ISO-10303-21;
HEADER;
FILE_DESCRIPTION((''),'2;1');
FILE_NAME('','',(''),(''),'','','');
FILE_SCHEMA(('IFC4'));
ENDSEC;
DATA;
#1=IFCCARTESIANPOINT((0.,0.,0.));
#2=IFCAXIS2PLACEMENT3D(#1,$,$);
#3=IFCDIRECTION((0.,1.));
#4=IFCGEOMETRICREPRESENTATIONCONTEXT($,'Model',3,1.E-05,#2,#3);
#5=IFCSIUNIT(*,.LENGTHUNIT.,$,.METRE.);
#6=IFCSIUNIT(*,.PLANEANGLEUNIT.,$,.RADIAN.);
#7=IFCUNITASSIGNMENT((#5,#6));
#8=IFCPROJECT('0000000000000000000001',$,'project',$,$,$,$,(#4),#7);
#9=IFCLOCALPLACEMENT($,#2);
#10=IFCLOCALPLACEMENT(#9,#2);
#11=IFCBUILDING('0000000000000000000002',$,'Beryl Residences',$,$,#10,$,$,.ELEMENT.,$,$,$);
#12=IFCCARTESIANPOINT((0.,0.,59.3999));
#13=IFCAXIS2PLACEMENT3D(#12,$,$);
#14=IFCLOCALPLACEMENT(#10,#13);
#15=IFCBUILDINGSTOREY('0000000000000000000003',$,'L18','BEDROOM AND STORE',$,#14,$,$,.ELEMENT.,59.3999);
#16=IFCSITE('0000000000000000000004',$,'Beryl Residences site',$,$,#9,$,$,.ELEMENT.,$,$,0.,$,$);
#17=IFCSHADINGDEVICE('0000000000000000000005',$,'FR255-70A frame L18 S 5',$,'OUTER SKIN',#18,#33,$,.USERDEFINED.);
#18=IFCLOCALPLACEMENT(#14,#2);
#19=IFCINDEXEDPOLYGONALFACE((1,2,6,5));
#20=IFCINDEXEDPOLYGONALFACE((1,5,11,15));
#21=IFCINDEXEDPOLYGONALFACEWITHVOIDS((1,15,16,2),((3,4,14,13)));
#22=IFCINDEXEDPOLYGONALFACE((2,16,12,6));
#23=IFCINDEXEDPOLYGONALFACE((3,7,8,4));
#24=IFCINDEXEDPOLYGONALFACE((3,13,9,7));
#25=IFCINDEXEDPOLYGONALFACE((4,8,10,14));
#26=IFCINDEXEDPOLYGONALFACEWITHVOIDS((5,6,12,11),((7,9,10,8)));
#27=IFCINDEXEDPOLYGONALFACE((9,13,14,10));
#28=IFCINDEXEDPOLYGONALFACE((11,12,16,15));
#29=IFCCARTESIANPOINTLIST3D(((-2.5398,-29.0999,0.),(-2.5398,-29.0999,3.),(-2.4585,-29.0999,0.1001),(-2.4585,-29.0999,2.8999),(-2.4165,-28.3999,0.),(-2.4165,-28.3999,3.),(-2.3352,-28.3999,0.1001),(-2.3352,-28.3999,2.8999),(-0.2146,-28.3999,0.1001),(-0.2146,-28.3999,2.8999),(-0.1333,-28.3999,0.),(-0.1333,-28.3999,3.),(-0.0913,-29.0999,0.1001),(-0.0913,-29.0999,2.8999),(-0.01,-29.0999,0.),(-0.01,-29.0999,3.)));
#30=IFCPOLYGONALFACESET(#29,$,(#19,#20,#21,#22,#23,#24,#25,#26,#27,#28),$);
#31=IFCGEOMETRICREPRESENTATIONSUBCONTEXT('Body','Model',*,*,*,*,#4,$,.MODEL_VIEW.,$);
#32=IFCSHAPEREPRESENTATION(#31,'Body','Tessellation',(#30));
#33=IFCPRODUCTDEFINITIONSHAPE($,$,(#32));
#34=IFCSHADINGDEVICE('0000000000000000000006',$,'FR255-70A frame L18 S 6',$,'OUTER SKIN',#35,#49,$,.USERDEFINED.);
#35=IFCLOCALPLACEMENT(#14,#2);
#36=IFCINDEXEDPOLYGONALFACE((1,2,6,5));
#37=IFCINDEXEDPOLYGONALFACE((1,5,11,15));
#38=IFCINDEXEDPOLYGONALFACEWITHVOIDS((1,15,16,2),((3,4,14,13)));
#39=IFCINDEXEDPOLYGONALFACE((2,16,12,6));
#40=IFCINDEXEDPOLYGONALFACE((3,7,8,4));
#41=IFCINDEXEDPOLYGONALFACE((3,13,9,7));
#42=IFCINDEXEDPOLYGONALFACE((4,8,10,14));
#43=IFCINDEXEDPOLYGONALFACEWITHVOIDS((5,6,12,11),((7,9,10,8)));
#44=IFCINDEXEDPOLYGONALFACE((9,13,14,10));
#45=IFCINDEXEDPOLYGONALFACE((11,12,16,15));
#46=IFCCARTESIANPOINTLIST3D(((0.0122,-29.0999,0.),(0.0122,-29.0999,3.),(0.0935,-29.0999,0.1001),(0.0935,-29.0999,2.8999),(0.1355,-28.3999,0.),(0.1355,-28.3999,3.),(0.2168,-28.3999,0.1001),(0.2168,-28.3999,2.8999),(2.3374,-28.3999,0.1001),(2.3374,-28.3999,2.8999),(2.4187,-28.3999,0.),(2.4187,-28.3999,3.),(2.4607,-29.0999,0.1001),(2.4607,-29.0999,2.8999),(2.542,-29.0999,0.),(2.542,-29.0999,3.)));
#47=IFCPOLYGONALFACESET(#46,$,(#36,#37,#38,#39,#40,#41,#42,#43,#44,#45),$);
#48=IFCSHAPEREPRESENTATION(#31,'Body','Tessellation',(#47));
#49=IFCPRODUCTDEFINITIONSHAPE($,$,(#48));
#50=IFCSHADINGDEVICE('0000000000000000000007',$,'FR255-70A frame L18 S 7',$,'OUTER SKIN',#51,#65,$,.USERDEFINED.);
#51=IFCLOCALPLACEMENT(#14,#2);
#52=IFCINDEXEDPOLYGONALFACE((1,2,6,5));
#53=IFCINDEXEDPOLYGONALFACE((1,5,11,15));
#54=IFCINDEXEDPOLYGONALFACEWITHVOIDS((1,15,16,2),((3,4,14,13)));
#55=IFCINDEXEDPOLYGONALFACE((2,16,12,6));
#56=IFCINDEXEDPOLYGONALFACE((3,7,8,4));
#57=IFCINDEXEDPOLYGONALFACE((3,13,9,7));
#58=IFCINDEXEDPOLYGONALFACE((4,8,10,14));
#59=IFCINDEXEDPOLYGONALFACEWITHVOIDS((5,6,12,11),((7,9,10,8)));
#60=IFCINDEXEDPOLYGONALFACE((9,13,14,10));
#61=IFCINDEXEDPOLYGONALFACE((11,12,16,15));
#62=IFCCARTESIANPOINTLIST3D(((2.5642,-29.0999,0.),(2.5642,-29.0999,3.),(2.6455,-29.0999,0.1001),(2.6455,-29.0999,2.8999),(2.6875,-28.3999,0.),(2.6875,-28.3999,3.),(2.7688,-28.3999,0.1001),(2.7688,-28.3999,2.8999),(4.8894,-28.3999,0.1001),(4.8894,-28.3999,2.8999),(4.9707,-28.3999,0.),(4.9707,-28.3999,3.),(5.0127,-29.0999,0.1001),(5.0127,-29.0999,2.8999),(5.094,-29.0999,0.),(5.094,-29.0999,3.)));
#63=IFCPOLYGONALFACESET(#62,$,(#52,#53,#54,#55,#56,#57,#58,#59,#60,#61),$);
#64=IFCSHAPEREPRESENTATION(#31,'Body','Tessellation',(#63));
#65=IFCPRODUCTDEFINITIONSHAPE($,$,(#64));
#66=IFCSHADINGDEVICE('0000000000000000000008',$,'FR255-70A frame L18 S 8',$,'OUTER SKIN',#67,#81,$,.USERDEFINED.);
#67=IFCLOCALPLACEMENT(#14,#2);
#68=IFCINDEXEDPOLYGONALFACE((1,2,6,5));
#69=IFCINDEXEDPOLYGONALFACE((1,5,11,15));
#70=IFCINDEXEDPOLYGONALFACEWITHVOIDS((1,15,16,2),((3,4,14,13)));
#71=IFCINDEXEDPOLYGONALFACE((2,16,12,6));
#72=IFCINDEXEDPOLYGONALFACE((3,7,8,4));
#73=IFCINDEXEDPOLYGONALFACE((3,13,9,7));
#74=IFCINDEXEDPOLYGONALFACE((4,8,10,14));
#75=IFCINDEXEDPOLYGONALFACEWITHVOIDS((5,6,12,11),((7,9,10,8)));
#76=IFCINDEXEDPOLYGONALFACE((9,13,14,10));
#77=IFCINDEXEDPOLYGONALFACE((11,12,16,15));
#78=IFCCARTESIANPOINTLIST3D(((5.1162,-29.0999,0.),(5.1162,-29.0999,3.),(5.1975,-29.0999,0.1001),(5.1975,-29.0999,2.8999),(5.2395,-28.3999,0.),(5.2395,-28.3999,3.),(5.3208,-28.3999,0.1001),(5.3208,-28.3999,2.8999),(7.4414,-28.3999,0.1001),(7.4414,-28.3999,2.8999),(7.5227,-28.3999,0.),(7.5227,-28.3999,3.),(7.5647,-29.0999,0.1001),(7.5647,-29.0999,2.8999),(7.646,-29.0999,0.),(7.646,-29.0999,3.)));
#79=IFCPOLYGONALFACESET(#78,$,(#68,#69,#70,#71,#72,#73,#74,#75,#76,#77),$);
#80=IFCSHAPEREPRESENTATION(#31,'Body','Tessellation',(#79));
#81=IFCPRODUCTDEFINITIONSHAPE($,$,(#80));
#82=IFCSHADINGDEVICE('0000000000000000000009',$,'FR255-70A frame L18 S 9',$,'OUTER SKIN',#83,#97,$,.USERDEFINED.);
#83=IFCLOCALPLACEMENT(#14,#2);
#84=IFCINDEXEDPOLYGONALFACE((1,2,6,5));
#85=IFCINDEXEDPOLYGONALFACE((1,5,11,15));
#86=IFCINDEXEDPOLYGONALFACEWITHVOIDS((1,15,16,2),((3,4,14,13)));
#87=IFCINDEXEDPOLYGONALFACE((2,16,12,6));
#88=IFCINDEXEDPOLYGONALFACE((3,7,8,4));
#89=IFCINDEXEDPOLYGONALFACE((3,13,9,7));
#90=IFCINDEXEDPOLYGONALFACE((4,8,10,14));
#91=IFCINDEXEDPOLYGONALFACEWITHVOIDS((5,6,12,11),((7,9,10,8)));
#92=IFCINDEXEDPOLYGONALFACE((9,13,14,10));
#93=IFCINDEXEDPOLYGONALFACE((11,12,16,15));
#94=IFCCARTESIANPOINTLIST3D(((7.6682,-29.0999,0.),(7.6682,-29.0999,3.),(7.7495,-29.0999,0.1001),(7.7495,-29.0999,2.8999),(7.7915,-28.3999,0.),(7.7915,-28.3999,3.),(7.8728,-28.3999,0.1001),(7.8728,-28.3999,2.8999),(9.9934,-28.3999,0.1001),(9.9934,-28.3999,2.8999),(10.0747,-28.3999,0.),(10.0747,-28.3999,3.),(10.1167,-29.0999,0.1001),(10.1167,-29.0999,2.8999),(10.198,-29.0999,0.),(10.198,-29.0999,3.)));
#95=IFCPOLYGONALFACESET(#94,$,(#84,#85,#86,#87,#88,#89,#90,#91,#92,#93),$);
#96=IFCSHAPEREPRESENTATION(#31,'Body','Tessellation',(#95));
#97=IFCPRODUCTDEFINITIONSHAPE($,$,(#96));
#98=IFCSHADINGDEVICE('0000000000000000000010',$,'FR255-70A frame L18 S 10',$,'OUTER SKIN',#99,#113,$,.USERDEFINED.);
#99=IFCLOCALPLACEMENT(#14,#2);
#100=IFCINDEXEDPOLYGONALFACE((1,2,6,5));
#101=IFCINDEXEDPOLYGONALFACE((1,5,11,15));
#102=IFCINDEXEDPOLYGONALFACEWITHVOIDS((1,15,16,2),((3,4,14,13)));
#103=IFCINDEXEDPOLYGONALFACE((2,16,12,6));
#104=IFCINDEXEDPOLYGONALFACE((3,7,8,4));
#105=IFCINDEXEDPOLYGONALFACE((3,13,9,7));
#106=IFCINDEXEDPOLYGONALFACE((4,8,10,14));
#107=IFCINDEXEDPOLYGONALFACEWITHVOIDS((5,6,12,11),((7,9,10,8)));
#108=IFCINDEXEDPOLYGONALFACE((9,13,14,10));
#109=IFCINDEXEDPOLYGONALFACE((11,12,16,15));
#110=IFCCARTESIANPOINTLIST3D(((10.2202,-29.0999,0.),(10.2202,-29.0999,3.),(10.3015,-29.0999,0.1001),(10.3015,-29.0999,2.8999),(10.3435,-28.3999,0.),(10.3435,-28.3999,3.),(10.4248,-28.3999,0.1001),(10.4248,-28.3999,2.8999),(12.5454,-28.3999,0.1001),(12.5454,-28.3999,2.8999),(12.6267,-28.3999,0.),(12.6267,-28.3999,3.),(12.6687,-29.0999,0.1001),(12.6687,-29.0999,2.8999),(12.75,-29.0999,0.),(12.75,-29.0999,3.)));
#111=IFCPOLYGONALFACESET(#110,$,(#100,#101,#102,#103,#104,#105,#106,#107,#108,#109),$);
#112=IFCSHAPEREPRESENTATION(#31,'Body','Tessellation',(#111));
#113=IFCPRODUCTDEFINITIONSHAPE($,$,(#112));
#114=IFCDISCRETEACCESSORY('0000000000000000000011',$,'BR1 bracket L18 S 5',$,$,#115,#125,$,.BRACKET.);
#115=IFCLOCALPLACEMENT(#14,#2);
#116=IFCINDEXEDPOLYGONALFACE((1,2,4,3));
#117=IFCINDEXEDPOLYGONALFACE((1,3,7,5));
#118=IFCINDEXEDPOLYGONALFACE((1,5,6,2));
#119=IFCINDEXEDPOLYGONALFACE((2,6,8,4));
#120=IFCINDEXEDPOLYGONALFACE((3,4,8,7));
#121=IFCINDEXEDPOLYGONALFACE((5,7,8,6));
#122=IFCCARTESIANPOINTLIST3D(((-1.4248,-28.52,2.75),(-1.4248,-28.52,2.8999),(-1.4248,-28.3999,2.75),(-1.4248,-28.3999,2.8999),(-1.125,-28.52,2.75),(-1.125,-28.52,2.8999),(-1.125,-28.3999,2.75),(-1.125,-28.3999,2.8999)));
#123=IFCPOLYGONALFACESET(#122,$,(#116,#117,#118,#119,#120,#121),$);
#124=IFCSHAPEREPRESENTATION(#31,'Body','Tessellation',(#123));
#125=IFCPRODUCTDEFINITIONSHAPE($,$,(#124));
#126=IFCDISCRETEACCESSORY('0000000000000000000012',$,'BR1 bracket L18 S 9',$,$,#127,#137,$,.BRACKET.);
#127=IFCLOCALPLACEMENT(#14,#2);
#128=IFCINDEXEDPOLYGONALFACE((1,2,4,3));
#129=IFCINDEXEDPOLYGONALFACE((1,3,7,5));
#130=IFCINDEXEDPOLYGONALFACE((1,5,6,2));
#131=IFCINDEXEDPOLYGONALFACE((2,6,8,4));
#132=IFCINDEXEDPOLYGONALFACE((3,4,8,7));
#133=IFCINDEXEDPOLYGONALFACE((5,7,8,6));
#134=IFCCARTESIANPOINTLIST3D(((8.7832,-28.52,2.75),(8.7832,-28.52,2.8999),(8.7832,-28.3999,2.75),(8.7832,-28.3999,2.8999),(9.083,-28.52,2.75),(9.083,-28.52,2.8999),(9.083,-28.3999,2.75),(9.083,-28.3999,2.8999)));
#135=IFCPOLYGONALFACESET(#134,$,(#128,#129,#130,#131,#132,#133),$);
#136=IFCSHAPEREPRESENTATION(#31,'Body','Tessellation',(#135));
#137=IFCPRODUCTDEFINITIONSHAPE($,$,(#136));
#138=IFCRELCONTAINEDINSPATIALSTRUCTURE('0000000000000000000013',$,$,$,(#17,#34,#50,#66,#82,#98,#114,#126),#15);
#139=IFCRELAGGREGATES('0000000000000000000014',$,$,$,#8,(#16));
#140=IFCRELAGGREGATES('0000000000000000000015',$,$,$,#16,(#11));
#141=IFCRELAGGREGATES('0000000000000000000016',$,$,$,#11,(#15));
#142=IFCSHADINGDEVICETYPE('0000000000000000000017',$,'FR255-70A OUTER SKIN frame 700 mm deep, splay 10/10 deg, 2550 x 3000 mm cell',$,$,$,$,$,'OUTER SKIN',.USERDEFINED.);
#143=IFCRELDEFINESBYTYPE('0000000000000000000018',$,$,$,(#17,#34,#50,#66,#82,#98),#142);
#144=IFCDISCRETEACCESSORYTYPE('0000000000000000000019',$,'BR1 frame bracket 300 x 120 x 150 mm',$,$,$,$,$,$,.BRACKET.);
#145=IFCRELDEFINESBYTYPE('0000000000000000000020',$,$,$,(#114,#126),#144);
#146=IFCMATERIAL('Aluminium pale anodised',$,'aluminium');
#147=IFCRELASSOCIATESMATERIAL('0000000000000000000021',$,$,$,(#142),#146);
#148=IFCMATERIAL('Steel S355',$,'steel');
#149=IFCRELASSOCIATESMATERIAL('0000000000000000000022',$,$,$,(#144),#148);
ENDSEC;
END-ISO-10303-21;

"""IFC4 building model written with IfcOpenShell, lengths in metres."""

from ifc_helpers import new_model, entity, si_unit, direction, frame, origin, place, context, subcontext, project, spatial, polyline, outline, extrude, source, transform, mapped, material, type_object, type_shapes, element, save


model = new_model("IFC4")

# Units and contexts
model_context = context("Model", 3, precision=1e-05, world=origin(), true_north=direction((0.0, 1.0)))
body_context = subcontext(model_context, "Body", "Model", "MODEL_VIEW")
ifc_project = project(units=[si_unit("LENGTHUNIT", "METRE"), si_unit("PLANEANGLEUNIT", "RADIAN")], contexts=[model_context])

# Site, building, storey
site_placement = place(None, origin())
site = spatial("IfcSite", under=ifc_project, at=site_placement, Name="Beryl Residences site", CompositionType="ELEMENT", RefElevation=0.0)
building_placement = place(site_placement, origin())
building = spatial("IfcBuilding", under=site, at=building_placement, Name="Beryl Residences", CompositionType="ELEMENT")
storey_placement = place(building_placement, frame((0.0, 0.0, 59.3999)))
storey = spatial("IfcBuildingStorey", under=building, at=storey_placement, Name="L18", Description="BEDROOM AND STORE", CompositionType="ELEMENT", Elevation=59.3999)

# Shading devices
ifc_material_1 = material(Name="Aluminium pale anodised", Category="aluminium")
shading_device_type = type_object("IfcShadingDeviceType", Name="FR255-70A OUTER SKIN frame 700 mm deep, splay 10/10 deg, 2550 x 3000 mm cell", ElementType="OUTER SKIN", PredefinedType="USERDEFINED", material=ifc_material_1)
cartesian_point_1 = entity("IfcCartesianPoint", [-1.1416, 0.0])
cartesian_point_2 = entity("IfcCartesianPoint", [-1.0603, 0.1001])
cartesian_point_3 = entity("IfcCartesianPoint", [-1.2649, 0.0])
cartesian_point_4 = entity("IfcCartesianPoint", [-1.1836, 0.1001])
shared_shape_1 = source(origin(), body_context, "Body", "SweptSolid", [
    entity("IfcExtrudedAreaSolidTapered", entity("IfcArbitraryProfileDefWithVoids", "AREA", None, entity("IfcPolyline", [cartesian_point_1, entity("IfcCartesianPoint", [1.1416, 0.0]), entity("IfcCartesianPoint", [1.1416, 3.0]), entity("IfcCartesianPoint", [-1.1416, 3.0]), cartesian_point_1]), [entity("IfcPolyline", [cartesian_point_2, entity("IfcCartesianPoint", [1.0603, 0.1001]), entity("IfcCartesianPoint", [1.0603, 2.8999]), entity("IfcCartesianPoint", [-1.0603, 2.8999]), cartesian_point_2])]), entity("IfcAxis2Placement3D", entity("IfcCartesianPoint", [0.0, 0.0, 0.0]), entity("IfcDirection", [0.0, 1.0, 0.0]), entity("IfcDirection", [-1.0, 0.0, 0.0])), entity("IfcDirection", [0.0, 0.0, 1.0]), 0.7, entity("IfcArbitraryProfileDefWithVoids", "AREA", None, entity("IfcPolyline", [cartesian_point_3, entity("IfcCartesianPoint", [1.2649, 0.0]), entity("IfcCartesianPoint", [1.2649, 3.0]), entity("IfcCartesianPoint", [-1.2649, 3.0]), cartesian_point_3]), [entity("IfcPolyline", [cartesian_point_4, entity("IfcCartesianPoint", [1.1836, 0.1001]), entity("IfcCartesianPoint", [1.1836, 2.8999]), entity("IfcCartesianPoint", [-1.1836, 2.8999]), cartesian_point_4])])),
])
type_shapes(shading_device_type, [shared_shape_1])
for number, where, z_axis, x_axis, name in (
    (1, (-1.2749, -28.3999, 0.0), (0.0, 0.0, 1.0), (-1.0, 0.0, 0.0), "FR255-70A frame L18 S 5"),
    (2, (1.2771, -28.3999, 0.0), (0.0, 0.0, 1.0), (-1.0, 0.0, 0.0), "FR255-70A frame L18 S 6"),
    (3, (3.8291, -28.3999, 0.0), (0.0, 0.0, 1.0), (-1.0, 0.0, 0.0), "FR255-70A frame L18 S 7"),
    (4, (6.3811, -28.3999, 0.0), (0.0, 0.0, 1.0), (-1.0, 0.0, 0.0), "FR255-70A frame L18 S 8"),
    (5, (8.9331, -28.3999, 0.0), (0.0, 0.0, 1.0), (-1.0, 0.0, 0.0), "FR255-70A frame L18 S 9"),
    (6, (11.4851, -28.3999, 0.0), (0.0, 0.0, 1.0), (-1.0, 0.0, 0.0), "FR255-70A frame L18 S 10"),
):
    element("IfcShadingDevice", number, at=place(storey_placement, frame(where, z_axis=z_axis, x_axis=x_axis)), inside=storey, type_object=shading_device_type, Name=name, ObjectType="OUTER SKIN", PredefinedType="USERDEFINED", context=body_context, shape_type="MappedRepresentation", body=[
        mapped(shared_shape_1, transform((0.0, 0.0, 0.0))),
    ])

# Discrete accessories
ifc_material_2 = material(Name="Steel S355", Category="steel")
discrete_accessory_type = type_object("IfcDiscreteAccessoryType", Name="BR1 frame bracket 300 x 120 x 150 mm", PredefinedType="BRACKET", material=ifc_material_2)
shared_shape_2 = source(origin(), body_context, "Body", "SweptSolid", [
    extrude(outline(polyline([(-0.1499, 0.0), (0.1499, 0.0), (0.1499, 0.1201), (-0.1499, 0.1201), (-0.1499, 0.0)])), origin(), (0.0, 0.0, 1.0), 0.1499),
])
type_shapes(discrete_accessory_type, [shared_shape_2])
for number, where, z_axis, x_axis, name in (
    (7, (-1.2749, -28.3999, 2.75), (0.0, 0.0, 1.0), (-1.0, 0.0, 0.0), "BR1 bracket L18 S 5"),
    (8, (8.9331, -28.3999, 2.75), (0.0, 0.0, 1.0), (-1.0, 0.0, 0.0), "BR1 bracket L18 S 9"),
):
    element("IfcDiscreteAccessory", number, at=place(storey_placement, frame(where, z_axis=z_axis, x_axis=x_axis)), inside=storey, type_object=discrete_accessory_type, Name=name, PredefinedType="BRACKET", context=body_context, shape_type="MappedRepresentation", body=[
        mapped(shared_shape_2, transform((0.0, 0.0, 0.0))),
    ])

save(model, "model.ifc")
